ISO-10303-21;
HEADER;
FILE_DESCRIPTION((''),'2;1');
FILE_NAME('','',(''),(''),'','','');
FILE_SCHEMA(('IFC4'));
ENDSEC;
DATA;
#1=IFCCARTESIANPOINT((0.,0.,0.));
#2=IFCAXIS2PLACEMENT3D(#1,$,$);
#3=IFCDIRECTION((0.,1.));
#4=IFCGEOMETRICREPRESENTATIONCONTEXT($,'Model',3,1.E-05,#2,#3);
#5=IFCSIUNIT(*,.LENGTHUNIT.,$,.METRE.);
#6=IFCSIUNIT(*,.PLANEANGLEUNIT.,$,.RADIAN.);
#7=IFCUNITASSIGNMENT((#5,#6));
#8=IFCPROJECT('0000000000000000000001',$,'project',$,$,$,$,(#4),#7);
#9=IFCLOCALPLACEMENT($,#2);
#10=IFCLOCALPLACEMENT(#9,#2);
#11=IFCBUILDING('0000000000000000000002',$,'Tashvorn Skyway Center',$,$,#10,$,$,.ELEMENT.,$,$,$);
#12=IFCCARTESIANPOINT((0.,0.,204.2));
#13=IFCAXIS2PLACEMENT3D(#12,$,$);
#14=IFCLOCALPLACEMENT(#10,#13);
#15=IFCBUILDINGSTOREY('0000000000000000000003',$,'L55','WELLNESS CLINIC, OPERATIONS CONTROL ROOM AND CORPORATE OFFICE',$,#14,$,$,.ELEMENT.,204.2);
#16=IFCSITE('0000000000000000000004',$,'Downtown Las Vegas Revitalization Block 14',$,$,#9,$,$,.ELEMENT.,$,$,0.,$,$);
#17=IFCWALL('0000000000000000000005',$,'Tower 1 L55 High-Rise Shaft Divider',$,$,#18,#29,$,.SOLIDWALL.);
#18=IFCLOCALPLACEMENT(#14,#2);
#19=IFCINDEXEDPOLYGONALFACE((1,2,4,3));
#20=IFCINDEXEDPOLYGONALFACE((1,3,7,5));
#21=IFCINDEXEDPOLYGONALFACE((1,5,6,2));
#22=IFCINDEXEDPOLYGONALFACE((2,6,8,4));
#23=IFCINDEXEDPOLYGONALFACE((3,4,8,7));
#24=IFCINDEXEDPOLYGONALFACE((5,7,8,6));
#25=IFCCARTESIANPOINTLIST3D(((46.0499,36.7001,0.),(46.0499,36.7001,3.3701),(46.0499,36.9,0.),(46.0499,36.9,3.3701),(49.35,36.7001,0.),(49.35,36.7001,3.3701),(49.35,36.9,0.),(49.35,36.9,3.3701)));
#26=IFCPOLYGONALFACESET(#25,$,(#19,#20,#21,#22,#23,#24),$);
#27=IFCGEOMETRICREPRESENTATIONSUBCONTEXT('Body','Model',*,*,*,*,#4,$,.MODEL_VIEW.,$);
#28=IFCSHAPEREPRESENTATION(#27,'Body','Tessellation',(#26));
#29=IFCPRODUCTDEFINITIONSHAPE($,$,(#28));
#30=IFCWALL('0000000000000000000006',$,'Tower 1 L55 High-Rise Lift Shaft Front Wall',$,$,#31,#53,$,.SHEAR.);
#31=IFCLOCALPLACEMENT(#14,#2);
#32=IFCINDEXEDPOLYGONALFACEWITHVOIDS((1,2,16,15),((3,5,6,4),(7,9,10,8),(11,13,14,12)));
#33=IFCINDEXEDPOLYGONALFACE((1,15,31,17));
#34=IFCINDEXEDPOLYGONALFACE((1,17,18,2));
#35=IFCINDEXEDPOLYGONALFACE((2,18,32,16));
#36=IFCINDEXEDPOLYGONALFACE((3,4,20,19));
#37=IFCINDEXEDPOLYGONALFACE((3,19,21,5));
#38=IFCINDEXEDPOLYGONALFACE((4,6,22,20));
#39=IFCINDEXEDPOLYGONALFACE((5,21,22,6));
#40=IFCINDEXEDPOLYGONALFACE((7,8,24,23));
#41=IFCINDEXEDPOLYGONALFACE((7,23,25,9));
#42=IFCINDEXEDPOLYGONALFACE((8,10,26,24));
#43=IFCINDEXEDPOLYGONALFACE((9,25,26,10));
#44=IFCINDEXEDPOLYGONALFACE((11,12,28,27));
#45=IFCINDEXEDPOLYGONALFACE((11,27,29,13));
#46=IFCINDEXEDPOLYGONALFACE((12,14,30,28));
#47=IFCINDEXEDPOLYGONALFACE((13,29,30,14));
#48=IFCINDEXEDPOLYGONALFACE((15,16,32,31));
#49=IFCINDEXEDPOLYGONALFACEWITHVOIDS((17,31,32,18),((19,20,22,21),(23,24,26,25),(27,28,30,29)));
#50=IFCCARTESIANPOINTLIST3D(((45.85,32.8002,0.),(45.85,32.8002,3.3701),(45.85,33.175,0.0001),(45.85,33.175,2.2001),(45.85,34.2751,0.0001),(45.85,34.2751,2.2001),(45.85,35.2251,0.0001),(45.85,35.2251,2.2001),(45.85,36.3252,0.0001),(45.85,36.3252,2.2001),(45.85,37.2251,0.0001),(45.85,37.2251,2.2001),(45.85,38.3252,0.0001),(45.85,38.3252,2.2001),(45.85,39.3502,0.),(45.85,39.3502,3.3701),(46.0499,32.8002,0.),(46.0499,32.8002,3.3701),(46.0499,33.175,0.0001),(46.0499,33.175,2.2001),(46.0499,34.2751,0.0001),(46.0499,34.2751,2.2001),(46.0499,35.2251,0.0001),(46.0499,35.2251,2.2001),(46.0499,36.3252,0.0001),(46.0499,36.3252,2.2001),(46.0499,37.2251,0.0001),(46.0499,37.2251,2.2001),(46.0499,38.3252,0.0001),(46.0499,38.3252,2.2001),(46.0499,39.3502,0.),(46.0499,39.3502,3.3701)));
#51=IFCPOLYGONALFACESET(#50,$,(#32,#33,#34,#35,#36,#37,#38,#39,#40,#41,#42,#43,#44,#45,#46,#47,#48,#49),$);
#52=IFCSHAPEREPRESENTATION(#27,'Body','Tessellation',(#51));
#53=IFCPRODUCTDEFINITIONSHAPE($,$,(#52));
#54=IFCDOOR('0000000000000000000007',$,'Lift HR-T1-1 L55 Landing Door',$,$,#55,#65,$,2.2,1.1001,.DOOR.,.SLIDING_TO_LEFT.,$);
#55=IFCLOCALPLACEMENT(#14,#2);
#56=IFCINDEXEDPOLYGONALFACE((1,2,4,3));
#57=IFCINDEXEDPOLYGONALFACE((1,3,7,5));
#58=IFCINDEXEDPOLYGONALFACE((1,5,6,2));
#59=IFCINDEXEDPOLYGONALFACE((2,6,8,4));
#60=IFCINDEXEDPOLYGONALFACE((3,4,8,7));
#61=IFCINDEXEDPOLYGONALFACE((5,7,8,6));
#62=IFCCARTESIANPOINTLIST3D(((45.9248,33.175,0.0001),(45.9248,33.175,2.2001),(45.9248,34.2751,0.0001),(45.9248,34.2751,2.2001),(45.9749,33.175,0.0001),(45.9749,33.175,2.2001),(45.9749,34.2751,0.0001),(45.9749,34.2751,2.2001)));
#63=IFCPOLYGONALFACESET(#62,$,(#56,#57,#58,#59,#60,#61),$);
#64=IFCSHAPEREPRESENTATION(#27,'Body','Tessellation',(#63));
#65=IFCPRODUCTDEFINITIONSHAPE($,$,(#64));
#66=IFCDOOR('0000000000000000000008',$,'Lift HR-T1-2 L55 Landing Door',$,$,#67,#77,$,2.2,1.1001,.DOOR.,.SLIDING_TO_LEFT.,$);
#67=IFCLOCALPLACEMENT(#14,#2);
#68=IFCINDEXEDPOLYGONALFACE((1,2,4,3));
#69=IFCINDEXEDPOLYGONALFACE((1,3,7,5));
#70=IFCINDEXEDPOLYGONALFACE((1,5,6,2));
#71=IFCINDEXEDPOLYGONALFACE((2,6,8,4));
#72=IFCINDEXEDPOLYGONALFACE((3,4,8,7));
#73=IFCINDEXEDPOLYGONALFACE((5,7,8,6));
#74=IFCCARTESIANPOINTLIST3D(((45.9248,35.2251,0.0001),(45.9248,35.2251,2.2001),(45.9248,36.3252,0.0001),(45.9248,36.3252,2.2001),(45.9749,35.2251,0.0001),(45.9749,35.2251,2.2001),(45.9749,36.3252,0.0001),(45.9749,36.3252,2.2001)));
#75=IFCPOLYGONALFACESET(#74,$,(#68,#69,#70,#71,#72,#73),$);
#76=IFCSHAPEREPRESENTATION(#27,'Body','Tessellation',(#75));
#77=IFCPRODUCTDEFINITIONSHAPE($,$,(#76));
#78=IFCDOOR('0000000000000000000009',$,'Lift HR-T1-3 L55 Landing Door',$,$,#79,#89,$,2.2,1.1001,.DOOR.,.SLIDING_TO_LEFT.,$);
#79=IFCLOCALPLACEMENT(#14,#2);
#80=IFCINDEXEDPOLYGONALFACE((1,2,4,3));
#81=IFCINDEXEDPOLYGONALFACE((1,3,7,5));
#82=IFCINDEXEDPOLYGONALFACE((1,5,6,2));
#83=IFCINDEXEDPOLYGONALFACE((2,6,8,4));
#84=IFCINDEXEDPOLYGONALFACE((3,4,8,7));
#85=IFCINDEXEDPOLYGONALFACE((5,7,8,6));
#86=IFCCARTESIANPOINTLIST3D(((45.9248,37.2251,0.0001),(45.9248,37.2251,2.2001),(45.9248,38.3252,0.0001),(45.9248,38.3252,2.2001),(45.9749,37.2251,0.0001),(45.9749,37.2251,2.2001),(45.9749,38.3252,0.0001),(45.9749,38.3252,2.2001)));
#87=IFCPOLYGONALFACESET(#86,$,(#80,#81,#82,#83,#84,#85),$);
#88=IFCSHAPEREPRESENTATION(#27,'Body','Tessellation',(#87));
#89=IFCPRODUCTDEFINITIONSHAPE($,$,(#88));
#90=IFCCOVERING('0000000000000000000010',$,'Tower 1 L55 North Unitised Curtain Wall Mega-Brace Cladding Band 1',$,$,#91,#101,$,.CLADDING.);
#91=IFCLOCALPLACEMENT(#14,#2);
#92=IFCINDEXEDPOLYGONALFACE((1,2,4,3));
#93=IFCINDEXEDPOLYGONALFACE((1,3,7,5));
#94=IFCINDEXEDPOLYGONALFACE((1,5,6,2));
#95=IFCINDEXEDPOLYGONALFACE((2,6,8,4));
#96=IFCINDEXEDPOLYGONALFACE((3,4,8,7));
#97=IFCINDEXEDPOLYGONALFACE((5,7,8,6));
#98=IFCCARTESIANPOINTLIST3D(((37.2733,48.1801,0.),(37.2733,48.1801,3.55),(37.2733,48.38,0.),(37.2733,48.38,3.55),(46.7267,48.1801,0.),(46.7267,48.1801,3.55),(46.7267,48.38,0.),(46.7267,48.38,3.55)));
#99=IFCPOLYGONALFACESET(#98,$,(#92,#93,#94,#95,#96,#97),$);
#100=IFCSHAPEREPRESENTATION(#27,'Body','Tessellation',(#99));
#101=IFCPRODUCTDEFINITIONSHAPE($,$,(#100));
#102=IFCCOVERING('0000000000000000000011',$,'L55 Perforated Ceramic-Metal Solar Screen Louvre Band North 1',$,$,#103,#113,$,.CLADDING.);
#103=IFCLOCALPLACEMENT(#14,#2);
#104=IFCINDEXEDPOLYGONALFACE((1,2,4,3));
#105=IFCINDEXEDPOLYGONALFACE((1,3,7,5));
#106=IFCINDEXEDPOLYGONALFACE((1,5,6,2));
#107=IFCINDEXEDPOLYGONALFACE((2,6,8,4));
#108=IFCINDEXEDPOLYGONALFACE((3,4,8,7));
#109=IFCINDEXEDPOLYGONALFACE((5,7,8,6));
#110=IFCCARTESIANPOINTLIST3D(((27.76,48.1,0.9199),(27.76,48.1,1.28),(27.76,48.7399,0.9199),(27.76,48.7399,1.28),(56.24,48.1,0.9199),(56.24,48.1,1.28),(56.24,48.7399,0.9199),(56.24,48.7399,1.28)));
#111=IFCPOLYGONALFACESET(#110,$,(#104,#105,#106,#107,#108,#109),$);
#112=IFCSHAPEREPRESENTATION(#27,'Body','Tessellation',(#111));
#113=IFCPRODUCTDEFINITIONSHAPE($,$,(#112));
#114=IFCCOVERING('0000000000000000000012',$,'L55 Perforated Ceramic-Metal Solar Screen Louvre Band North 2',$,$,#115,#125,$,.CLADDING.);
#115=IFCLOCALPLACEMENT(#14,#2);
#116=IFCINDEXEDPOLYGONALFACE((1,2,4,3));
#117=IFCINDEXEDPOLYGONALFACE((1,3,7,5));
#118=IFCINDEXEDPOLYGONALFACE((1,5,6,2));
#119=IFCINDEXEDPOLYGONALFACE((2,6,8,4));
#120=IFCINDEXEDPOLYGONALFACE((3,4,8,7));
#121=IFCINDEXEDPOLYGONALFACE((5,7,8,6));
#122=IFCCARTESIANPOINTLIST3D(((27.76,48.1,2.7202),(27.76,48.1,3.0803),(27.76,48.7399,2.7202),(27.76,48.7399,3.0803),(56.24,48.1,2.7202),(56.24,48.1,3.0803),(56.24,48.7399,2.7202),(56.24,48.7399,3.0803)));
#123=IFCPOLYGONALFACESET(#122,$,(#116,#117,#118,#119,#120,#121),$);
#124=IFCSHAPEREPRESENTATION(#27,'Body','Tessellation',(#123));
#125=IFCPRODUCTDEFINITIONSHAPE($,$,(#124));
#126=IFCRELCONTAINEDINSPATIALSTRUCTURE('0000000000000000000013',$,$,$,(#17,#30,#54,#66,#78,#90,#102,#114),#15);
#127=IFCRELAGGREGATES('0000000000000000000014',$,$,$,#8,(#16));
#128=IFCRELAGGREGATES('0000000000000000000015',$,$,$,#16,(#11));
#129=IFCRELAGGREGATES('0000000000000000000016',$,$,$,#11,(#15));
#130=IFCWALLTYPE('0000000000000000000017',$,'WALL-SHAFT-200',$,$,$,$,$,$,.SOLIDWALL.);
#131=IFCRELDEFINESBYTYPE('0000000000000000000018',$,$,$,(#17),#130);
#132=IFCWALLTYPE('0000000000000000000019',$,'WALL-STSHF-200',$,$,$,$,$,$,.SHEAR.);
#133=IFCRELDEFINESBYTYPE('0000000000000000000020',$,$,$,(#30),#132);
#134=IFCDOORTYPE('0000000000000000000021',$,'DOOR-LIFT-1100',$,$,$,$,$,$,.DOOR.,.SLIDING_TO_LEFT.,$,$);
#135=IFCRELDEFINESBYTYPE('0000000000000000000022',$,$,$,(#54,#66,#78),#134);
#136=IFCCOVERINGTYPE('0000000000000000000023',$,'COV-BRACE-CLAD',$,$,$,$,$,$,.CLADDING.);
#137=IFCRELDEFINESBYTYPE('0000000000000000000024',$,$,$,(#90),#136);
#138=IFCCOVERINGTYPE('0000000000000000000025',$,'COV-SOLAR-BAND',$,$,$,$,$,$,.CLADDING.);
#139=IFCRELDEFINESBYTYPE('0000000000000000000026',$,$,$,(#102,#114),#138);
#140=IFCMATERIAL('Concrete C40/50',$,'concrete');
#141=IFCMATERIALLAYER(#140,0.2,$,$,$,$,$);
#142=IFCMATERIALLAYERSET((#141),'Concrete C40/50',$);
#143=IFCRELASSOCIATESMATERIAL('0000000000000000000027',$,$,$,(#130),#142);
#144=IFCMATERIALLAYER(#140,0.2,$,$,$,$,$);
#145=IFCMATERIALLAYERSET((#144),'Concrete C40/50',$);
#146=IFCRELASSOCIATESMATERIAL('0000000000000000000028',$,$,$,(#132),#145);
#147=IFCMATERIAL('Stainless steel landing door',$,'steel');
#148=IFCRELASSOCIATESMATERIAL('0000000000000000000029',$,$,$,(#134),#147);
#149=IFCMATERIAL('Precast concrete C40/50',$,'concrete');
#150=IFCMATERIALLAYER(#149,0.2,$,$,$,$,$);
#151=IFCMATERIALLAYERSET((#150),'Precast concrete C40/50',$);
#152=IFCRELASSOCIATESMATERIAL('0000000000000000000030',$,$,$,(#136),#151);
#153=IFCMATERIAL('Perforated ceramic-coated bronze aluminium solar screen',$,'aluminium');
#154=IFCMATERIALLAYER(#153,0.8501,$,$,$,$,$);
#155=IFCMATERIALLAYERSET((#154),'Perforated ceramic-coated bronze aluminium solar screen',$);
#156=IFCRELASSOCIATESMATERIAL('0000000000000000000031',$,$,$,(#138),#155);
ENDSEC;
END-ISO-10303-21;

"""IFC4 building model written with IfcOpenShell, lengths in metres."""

from ifc_helpers import new_model, si_unit, direction, frame, frame_2d, origin, origin_2d, place, context, subcontext, project, spatial, rectangle, extrude, material, layer, layer_set, type_object, element, fill, save


model = new_model("IFC4")

# Units and contexts
model_context = context("Model", 3, precision=1e-05, world=origin(), true_north=direction((0.0, 1.0)))
body_context = subcontext(model_context, "Body", "Model", "MODEL_VIEW")
ifc_project = project(units=[si_unit("LENGTHUNIT", "METRE"), si_unit("PLANEANGLEUNIT", "RADIAN")], contexts=[model_context])

# Site, building, storey
site_placement = place(None, origin())
site = spatial("IfcSite", under=ifc_project, at=site_placement, Name="Downtown Las Vegas Revitalization Block 14", CompositionType="ELEMENT", RefElevation=0.0)
building_placement = place(site_placement, origin())
building = spatial("IfcBuilding", under=site, at=building_placement, Name="Tashvorn Skyway Center", CompositionType="ELEMENT")
storey_placement = place(building_placement, frame((0.0, 0.0, 204.2)))
storey = spatial("IfcBuildingStorey", under=building, at=storey_placement, Name="L55", Description="WELLNESS CLINIC, OPERATIONS CONTROL ROOM AND CORPORATE OFFICE", CompositionType="ELEMENT", Elevation=204.2)

# Wall
ifc_material_1 = material(Name="Concrete C40/50", Category="concrete")
ifc_layer_1 = layer(ifc_material_1, 0.2)
ifc_layer_set_1 = layer_set([ifc_layer_1], Name="Concrete C40/50")
wall_type_1 = type_object("IfcWallType", Name="WALL-SHAFT-200", PredefinedType="SOLIDWALL", material=ifc_layer_set_1)
wall_1_placement = place(storey_placement, frame((46.05, 36.8, 0.0), z_axis=(0.0, 0.0, 1.0), x_axis=(1.0, 0.0, 0.0)))
element("IfcWall", 1, at=wall_1_placement, inside=storey, type_object=wall_type_1, Name="Tower 1 L55 High-Rise Shaft Divider", PredefinedType="SOLIDWALL", context=body_context, shape_type="SweptSolid", body=[
    extrude(rectangle(XDim=3.3, YDim=0.2, at=frame_2d((1.6499, 0.0))), origin(), (0.0, 0.0, 1.0), 3.3701),
])

# Wall, openings, doors
ifc_layer_2 = layer(ifc_material_1, 0.2)
ifc_layer_set_2 = layer_set([ifc_layer_2], Name="Concrete C40/50")
wall_type_2 = type_object("IfcWallType", Name="WALL-STSHF-200", PredefinedType="SHEAR", material=ifc_layer_set_2)
wall_2_placement = place(storey_placement, frame((45.95, 39.3501, 0.0), z_axis=(0.0, 0.0, 1.0), x_axis=(0.0, -1.0, 0.0)))
wall_2 = element("IfcWall", 2, at=wall_2_placement, inside=storey, type_object=wall_type_2, Name="Tower 1 L55 High-Rise Lift Shaft Front Wall", PredefinedType="SHEAR", context=body_context, shape_type="SweptSolid", body=[
    extrude(rectangle(XDim=6.55, YDim=0.2, at=frame_2d((3.2749, 0.0))), origin(), (0.0, 0.0, 1.0), 3.3701),
])
opening_1_placement = place(wall_2_placement, frame((5.075, 0.0, 0.0)))
opening_1 = element("IfcOpeningElement", 3, at=opening_1_placement, cuts=wall_2, PredefinedType="OPENING", context=body_context, shape_type="SweptSolid", body=[
    extrude(rectangle(XDim=1.1001, YDim=2.2, at=frame_2d((0.55, 1.1001))), frame((0.0, 0.1099, 0.0), z_axis=(0.0, -1.0, 0.0), x_axis=(1.0, 0.0, 0.0)), (0.0, 0.0, 1.0), 0.22),
])
opening_2_placement = place(wall_2_placement, frame((3.0249, 0.0, 0.0)))
opening_2 = element("IfcOpeningElement", 4, at=opening_2_placement, cuts=wall_2, PredefinedType="OPENING", context=body_context, shape_type="SweptSolid", body=[
    extrude(rectangle(XDim=1.1001, YDim=2.2, at=frame_2d((0.55, 1.1001))), frame((0.0, 0.1099, 0.0), z_axis=(0.0, -1.0, 0.0), x_axis=(1.0, 0.0, 0.0)), (0.0, 0.0, 1.0), 0.22),
])
opening_3_placement = place(wall_2_placement, frame((1.0249, 0.0, 0.0)))
opening_3 = element("IfcOpeningElement", 5, at=opening_3_placement, cuts=wall_2, PredefinedType="OPENING", context=body_context, shape_type="SweptSolid", body=[
    extrude(rectangle(XDim=1.1001, YDim=2.2, at=frame_2d((0.55, 1.1001))), frame((0.0, 0.1099, 0.0), z_axis=(0.0, -1.0, 0.0), x_axis=(1.0, 0.0, 0.0)), (0.0, 0.0, 1.0), 0.22),
])
ifc_material_2 = material(Name="Stainless steel landing door", Category="steel")
door_type_1 = type_object("IfcDoorType", Name="DOOR-LIFT-1100", OperationType="SLIDING_TO_LEFT", PredefinedType="DOOR", material=ifc_material_2)
door_1_placement = place(opening_1_placement, origin())
door_1 = element("IfcDoor", 6, at=door_1_placement, inside=storey, type_object=door_type_1, Name="Lift HR-T1-1 L55 Landing Door", OperationType="SLIDING_TO_LEFT", OverallHeight=2.2, OverallWidth=1.1001, PredefinedType="DOOR", context=body_context, shape_type="SweptSolid", body=[
    extrude(rectangle(XDim=1.1001, YDim=2.2, at=frame_2d((0.55, 1.1001))), frame((0.0, 0.0249, 0.0), z_axis=(0.0, -1.0, 0.0), x_axis=(1.0, 0.0, 0.0)), (0.0, 0.0, 1.0), 0.05),
])
fill(opening_1, door_1)
door_2_placement = place(opening_2_placement, origin())
door_2 = element("IfcDoor", 7, at=door_2_placement, inside=storey, type_object=door_type_1, Name="Lift HR-T1-2 L55 Landing Door", OperationType="SLIDING_TO_LEFT", OverallHeight=2.2, OverallWidth=1.1001, PredefinedType="DOOR", context=body_context, shape_type="SweptSolid", body=[
    extrude(rectangle(XDim=1.1001, YDim=2.2, at=frame_2d((0.55, 1.1001))), frame((0.0, 0.0249, 0.0), z_axis=(0.0, -1.0, 0.0), x_axis=(1.0, 0.0, 0.0)), (0.0, 0.0, 1.0), 0.05),
])
fill(opening_2, door_2)
door_3_placement = place(opening_3_placement, origin())
door_3 = element("IfcDoor", 8, at=door_3_placement, inside=storey, type_object=door_type_1, Name="Lift HR-T1-3 L55 Landing Door", OperationType="SLIDING_TO_LEFT", OverallHeight=2.2, OverallWidth=1.1001, PredefinedType="DOOR", context=body_context, shape_type="SweptSolid", body=[
    extrude(rectangle(XDim=1.1001, YDim=2.2, at=frame_2d((0.55, 1.1001))), frame((0.0, 0.0249, 0.0), z_axis=(0.0, -1.0, 0.0), x_axis=(1.0, 0.0, 0.0)), (0.0, 0.0, 1.0), 0.05),
])
fill(opening_3, door_3)

# Coverings
ifc_material_3 = material(Name="Precast concrete C40/50", Category="concrete")
ifc_layer_3 = layer(ifc_material_3, 0.2)
ifc_layer_set_3 = layer_set([ifc_layer_3], Name="Precast concrete C40/50")
covering_type_1 = type_object("IfcCoveringType", Name="COV-BRACE-CLAD", PredefinedType="CLADDING", material=ifc_layer_set_3)
covering_placement = place(storey_placement, frame((42.0, 48.28, 0.0), z_axis=(0.0, 0.0, 1.0), x_axis=(1.0, 0.0, 0.0)))
element("IfcCovering", 9, at=covering_placement, inside=storey, type_object=covering_type_1, Name="Tower 1 L55 North Unitised Curtain Wall Mega-Brace Cladding Band 1", PredefinedType="CLADDING", context=body_context, shape_type="SweptSolid", body=[
    extrude(rectangle(XDim=9.4534, YDim=0.2, at=origin_2d()), origin(), (0.0, 0.0, 1.0), 3.55),
])
ifc_material_4 = material(Name="Perforated ceramic-coated bronze aluminium solar screen", Category="aluminium")
ifc_layer_4 = layer(ifc_material_4, 0.8501)
ifc_layer_set_4 = layer_set([ifc_layer_4], Name="Perforated ceramic-coated bronze aluminium solar screen")
covering_type_2 = type_object("IfcCoveringType", Name="COV-SOLAR-BAND", PredefinedType="CLADDING", material=ifc_layer_set_4)
for number, where, z_axis, x_axis, name in (
    (10, (42.0, 48.4199, 0.9199), (0.0, 0.0, 1.0), (1.0, 0.0, 0.0), "L55 Perforated Ceramic-Metal Solar Screen Louvre Band North 1"),
    (11, (42.0, 48.4199, 2.7202), (0.0, 0.0, 1.0), (1.0, 0.0, 0.0), "L55 Perforated Ceramic-Metal Solar Screen Louvre Band North 2"),
):
    element("IfcCovering", number, at=place(storey_placement, frame(where, z_axis=z_axis, x_axis=x_axis)), inside=storey, type_object=covering_type_2, Name=name, PredefinedType="CLADDING", context=body_context, shape_type="SweptSolid", body=[
        extrude(rectangle(XDim=28.48, YDim=0.6399, at=origin_2d()), origin(), (0.0, 0.0, 1.0), 0.3601),
    ])

save(model, "model.ifc")
